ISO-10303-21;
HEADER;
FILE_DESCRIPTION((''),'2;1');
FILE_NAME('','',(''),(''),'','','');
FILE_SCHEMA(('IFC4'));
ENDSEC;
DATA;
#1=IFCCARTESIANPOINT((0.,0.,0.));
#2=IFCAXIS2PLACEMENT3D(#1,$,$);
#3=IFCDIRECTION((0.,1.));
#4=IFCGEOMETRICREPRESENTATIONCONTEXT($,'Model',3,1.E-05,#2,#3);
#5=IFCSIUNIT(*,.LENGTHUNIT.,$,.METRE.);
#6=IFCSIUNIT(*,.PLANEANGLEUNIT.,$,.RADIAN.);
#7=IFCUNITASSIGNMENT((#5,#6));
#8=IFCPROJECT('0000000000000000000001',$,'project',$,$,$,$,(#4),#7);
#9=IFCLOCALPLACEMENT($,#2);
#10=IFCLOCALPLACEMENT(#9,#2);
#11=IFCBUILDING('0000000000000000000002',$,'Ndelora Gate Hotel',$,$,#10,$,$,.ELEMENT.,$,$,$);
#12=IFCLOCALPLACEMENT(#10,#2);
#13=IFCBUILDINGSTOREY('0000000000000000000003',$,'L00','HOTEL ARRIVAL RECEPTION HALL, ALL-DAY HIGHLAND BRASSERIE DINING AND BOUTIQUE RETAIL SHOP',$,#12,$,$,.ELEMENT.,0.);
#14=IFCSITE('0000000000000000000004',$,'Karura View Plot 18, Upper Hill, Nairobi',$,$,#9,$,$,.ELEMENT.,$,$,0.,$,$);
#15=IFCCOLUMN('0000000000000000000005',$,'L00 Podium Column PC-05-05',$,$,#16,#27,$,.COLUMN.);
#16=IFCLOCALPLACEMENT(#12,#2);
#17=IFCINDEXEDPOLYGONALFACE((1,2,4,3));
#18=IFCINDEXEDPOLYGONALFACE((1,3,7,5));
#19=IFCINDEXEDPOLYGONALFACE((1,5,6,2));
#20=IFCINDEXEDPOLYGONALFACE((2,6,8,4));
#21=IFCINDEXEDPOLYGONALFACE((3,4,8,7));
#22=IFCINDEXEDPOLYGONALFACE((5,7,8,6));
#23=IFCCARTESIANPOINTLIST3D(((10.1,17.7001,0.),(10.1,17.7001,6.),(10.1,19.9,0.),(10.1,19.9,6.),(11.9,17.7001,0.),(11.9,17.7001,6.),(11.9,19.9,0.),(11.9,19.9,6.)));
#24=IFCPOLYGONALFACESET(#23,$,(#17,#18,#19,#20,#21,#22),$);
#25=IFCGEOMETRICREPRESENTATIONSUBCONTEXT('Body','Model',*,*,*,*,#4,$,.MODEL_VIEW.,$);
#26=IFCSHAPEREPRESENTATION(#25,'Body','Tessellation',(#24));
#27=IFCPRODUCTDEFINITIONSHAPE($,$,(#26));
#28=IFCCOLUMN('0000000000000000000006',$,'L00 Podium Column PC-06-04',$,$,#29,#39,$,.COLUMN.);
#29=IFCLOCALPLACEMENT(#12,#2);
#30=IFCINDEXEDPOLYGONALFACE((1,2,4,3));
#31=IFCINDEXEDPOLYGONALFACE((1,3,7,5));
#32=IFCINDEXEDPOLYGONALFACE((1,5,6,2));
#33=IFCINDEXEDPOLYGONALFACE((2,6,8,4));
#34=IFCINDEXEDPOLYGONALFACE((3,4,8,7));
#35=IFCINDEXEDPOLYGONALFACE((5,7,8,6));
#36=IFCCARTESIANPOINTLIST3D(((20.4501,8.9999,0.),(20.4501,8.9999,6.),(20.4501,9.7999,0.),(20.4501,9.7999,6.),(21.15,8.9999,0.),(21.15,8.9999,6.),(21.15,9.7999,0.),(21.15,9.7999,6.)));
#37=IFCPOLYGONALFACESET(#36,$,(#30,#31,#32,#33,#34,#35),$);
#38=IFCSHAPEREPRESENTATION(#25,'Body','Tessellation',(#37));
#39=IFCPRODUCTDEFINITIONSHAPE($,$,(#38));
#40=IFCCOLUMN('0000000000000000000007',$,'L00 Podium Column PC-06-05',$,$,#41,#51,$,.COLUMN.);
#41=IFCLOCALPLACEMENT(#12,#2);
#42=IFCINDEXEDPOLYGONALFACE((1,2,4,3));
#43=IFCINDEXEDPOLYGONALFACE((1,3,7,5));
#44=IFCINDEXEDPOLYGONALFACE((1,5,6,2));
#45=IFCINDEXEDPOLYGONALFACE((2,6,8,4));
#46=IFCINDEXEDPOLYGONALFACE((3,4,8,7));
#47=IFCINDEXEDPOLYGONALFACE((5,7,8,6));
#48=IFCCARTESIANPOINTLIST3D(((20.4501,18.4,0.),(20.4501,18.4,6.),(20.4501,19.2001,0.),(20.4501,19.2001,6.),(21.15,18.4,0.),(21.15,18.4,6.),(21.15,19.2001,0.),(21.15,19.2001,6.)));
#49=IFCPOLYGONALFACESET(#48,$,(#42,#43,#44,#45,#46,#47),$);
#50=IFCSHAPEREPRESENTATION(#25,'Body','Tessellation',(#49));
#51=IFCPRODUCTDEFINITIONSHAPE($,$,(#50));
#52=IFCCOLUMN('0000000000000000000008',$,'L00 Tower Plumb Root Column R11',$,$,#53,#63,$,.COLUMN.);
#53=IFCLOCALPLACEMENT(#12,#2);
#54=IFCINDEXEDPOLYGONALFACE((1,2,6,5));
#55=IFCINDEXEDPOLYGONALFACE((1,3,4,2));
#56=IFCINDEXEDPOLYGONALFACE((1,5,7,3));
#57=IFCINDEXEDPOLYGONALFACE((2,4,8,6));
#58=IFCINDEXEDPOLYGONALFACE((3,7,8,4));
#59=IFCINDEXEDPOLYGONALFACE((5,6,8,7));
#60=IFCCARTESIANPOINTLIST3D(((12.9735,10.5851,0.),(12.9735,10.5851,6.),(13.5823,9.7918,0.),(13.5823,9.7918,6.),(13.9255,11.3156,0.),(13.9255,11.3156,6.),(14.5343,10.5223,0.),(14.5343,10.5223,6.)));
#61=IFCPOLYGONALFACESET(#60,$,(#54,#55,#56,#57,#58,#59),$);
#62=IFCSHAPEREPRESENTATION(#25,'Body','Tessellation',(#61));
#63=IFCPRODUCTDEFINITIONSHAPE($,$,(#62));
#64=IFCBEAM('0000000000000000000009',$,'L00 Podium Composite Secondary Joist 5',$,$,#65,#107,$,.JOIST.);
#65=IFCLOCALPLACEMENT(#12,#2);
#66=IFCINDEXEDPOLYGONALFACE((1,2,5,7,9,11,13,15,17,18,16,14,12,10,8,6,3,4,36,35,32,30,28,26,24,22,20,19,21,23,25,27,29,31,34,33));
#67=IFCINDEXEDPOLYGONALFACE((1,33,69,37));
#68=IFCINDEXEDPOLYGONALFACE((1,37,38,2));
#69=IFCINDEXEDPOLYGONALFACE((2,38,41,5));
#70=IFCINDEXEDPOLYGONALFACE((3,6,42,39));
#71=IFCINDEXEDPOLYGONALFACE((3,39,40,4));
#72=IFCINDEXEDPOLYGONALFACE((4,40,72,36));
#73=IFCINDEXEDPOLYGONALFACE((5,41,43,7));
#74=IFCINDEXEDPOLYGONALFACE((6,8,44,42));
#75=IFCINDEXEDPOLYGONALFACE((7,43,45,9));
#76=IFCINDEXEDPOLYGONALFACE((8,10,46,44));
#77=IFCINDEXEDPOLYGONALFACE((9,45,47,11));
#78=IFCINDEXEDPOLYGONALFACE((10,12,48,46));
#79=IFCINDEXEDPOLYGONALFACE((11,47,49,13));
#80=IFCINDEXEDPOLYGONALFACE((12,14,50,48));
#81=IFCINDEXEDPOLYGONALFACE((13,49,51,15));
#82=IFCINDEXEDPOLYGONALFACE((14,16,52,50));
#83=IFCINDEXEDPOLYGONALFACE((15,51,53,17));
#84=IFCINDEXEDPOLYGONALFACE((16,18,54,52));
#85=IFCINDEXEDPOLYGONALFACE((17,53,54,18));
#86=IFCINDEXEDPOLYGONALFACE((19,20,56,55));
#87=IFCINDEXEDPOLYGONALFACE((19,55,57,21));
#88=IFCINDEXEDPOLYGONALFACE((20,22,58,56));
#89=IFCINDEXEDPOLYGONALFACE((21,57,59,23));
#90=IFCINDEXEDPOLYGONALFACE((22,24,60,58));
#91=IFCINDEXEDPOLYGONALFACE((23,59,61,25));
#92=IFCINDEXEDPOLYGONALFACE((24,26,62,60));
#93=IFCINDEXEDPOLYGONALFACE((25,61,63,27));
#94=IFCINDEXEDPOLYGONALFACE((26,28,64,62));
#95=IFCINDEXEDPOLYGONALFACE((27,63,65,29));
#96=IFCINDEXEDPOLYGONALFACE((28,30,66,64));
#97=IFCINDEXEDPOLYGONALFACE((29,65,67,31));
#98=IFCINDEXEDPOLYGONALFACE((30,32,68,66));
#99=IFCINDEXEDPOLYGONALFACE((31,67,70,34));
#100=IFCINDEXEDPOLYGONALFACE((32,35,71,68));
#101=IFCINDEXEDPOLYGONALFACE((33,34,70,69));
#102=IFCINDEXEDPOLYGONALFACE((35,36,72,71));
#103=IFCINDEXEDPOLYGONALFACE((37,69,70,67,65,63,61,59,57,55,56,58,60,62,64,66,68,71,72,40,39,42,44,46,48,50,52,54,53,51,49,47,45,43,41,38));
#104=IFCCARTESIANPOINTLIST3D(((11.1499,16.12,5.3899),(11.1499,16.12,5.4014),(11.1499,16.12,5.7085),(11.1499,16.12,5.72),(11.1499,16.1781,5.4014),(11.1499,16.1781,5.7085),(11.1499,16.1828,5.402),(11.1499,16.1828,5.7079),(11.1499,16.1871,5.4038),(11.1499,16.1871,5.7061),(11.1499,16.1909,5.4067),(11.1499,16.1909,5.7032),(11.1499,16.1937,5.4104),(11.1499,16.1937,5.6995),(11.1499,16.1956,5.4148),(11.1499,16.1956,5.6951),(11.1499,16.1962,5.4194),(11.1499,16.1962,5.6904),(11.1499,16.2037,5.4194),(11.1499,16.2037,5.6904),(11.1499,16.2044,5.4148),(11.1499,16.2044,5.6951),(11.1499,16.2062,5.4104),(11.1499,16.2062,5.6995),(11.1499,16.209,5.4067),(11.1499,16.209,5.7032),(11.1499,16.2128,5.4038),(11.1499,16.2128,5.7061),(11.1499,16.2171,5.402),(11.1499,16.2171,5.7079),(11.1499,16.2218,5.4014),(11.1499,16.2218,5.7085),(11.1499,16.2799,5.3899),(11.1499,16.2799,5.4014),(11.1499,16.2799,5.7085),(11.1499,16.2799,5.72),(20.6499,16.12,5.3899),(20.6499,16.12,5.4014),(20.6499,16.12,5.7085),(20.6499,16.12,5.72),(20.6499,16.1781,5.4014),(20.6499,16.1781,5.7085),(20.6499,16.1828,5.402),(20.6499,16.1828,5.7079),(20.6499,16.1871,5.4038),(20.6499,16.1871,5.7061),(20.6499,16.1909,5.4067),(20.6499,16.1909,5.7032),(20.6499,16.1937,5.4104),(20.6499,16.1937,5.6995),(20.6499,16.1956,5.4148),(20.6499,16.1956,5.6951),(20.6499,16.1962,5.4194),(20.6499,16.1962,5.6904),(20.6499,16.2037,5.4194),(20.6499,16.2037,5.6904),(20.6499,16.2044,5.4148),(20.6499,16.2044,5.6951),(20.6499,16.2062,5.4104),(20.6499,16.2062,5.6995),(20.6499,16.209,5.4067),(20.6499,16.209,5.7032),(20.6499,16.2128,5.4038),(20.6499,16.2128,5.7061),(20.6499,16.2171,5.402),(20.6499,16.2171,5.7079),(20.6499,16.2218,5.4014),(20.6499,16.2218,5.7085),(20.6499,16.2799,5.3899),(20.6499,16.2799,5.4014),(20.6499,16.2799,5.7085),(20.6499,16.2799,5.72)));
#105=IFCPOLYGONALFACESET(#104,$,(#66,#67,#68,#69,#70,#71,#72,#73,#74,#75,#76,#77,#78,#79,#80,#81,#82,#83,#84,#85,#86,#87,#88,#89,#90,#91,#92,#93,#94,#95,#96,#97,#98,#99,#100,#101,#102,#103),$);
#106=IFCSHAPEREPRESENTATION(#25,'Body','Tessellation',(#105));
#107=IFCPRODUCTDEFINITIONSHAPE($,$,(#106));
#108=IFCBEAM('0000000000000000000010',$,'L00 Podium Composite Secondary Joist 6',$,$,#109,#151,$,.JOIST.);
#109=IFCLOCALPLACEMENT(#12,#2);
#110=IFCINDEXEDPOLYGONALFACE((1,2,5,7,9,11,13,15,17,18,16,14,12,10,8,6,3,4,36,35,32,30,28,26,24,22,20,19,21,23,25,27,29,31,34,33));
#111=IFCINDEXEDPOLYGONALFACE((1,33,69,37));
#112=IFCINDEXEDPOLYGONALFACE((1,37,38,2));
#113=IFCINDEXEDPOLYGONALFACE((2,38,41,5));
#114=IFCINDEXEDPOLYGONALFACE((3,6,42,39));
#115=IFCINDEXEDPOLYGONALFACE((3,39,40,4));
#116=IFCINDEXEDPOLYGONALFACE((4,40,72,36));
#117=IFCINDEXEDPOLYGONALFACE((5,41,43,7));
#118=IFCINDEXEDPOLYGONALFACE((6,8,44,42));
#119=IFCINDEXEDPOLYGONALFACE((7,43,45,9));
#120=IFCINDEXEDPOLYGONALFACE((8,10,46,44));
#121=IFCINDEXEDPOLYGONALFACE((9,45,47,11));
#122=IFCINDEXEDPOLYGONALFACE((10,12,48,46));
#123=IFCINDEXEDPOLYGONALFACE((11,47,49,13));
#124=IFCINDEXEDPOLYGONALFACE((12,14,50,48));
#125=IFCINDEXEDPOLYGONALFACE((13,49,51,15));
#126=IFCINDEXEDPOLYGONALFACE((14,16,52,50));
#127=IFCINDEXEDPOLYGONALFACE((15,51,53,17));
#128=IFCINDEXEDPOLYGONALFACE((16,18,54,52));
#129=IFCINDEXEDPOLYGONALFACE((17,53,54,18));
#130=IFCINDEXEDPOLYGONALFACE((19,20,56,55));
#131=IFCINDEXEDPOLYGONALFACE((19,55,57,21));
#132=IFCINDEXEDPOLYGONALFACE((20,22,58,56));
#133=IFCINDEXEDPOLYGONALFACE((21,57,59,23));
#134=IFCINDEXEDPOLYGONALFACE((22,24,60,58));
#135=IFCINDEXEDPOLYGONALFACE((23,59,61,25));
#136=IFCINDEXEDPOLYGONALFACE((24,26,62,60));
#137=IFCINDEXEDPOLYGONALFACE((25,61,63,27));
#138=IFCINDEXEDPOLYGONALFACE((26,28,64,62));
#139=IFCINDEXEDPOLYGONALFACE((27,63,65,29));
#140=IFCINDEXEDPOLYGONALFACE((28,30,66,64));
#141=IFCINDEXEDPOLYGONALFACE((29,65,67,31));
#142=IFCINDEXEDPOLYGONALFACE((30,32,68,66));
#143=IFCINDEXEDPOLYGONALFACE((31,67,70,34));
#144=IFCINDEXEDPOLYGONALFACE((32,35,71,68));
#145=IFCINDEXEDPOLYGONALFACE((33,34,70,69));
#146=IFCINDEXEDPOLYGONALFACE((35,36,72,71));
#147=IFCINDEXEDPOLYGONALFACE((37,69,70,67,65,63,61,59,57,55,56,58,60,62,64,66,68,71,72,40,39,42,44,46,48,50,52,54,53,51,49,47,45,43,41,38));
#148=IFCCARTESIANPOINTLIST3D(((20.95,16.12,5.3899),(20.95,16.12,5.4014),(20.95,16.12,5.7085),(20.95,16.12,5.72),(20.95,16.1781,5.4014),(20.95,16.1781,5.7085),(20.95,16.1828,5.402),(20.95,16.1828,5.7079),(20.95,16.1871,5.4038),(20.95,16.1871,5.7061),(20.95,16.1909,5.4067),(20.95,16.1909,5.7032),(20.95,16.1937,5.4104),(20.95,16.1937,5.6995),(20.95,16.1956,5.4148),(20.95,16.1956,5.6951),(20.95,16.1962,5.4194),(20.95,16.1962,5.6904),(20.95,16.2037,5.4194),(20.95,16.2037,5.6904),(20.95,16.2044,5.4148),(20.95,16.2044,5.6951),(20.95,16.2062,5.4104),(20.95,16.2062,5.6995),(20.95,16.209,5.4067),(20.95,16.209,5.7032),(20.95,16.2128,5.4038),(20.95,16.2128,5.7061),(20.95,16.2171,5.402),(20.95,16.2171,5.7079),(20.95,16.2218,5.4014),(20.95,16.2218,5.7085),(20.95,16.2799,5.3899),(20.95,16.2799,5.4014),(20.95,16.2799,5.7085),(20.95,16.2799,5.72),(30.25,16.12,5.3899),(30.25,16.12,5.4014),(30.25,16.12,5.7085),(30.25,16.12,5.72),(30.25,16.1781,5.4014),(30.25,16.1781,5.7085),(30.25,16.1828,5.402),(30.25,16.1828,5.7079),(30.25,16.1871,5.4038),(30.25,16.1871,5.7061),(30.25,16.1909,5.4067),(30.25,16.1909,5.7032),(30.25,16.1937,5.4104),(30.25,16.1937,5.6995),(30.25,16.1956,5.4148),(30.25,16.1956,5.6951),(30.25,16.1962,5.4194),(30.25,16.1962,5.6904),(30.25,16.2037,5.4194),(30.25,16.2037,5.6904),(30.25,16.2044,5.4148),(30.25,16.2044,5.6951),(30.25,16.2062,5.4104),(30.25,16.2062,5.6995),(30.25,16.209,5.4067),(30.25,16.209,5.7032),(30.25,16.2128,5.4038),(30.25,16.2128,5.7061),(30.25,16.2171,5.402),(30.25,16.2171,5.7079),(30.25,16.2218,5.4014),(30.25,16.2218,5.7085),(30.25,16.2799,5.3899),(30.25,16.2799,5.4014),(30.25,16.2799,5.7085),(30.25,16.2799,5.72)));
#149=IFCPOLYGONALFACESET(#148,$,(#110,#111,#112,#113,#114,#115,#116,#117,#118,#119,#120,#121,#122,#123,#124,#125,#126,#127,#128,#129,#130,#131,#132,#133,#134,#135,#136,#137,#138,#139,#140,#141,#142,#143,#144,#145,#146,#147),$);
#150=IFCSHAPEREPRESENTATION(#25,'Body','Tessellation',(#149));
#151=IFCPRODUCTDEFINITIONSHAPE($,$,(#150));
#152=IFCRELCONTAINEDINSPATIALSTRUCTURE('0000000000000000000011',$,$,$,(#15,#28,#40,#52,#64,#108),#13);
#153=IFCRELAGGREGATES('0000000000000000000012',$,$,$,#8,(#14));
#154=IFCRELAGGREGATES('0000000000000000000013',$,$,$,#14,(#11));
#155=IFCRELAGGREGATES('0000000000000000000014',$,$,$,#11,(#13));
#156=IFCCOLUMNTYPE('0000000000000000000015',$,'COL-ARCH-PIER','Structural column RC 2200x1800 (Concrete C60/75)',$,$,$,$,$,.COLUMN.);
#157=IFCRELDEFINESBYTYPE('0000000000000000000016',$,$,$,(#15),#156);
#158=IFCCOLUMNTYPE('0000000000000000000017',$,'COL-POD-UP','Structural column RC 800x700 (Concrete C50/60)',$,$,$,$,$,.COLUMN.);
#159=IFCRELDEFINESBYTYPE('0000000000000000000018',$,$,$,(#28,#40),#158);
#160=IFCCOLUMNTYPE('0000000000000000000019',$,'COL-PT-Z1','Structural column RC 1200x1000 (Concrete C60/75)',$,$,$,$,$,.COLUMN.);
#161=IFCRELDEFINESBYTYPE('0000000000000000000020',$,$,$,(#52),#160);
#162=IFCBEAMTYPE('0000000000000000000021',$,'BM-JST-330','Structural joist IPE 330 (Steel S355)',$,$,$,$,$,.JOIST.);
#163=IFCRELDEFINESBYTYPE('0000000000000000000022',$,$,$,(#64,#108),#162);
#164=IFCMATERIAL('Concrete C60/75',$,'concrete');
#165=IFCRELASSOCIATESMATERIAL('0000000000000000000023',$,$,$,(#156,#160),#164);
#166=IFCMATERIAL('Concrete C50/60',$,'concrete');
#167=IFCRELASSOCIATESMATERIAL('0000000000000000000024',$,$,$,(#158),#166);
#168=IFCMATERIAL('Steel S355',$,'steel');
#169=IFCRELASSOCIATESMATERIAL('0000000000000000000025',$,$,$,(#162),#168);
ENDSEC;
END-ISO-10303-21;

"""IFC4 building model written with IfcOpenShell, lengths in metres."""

from ifc_helpers import new_model, si_unit, direction, frame, origin, origin_2d, place, context, subcontext, project, spatial, rectangle, i_section, extrude, material, material_profile, profile_set, type_object, element, save


model = new_model("IFC4")

# Units and contexts
model_context = context("Model", 3, precision=1e-05, world=origin(), true_north=direction((0.0, 1.0)))
body_context = subcontext(model_context, "Body", "Model", "MODEL_VIEW")
ifc_project = project(units=[si_unit("LENGTHUNIT", "METRE"), si_unit("PLANEANGLEUNIT", "RADIAN")], contexts=[model_context])

# Site, building, storey
site_placement = place(None, origin())
site = spatial("IfcSite", under=ifc_project, at=site_placement, Name="Karura View Plot 18, Upper Hill, Nairobi", CompositionType="ELEMENT", RefElevation=0.0)
building_placement = place(site_placement, origin())
building = spatial("IfcBuilding", under=site, at=building_placement, Name="Ndelora Gate Hotel", CompositionType="ELEMENT")
storey_placement = place(building_placement, origin())
storey = spatial("IfcBuildingStorey", under=building, at=storey_placement, Name="L00", Description="HOTEL ARRIVAL RECEPTION HALL, ALL-DAY HIGHLAND BRASSERIE DINING AND BOUTIQUE RETAIL SHOP", CompositionType="ELEMENT", Elevation=0.0)

# Columns
ifc_material_1 = material(Name="Concrete C60/75", Category="concrete")
ifc_material_profile_1 = material_profile(ifc_material_1, rectangle(XDim=1.8, YDim=2.2, at=origin_2d()), Name="RC 2200x1800")
ifc_profile_set_1 = profile_set([ifc_material_profile_1], Name="Concrete C60/75")
column_type_1 = type_object("IfcColumnType", Name="COL-ARCH-PIER", Description="Structural column RC 2200x1800 (Concrete C60/75)", PredefinedType="COLUMN", material=ifc_profile_set_1)
column_1_placement = place(storey_placement, frame((11.0, 18.8, 0.0), z_axis=(0.0, 0.0, 1.0), x_axis=(1.0, 0.0, 0.0)))
element("IfcColumn", 1, at=column_1_placement, inside=storey, type_object=column_type_1, Name="L00 Podium Column PC-05-05", PredefinedType="COLUMN", context=body_context, shape_type="SweptSolid", body=[
    extrude(rectangle(XDim=1.8, YDim=2.2, at=origin_2d()), origin(), (0.0, 0.0, 1.0), 6.0),
])
ifc_material_2 = material(Name="Concrete C50/60", Category="concrete")
ifc_material_profile_2 = material_profile(ifc_material_2, rectangle(XDim=0.7, YDim=0.8, at=origin_2d()), Name="RC 800x700")
ifc_profile_set_2 = profile_set([ifc_material_profile_2], Name="Concrete C50/60")
column_type_2 = type_object("IfcColumnType", Name="COL-POD-UP", Description="Structural column RC 800x700 (Concrete C50/60)", PredefinedType="COLUMN", material=ifc_profile_set_2)
for number, where, z_axis, x_axis, name in (
    (2, (20.8, 9.3999, 0.0), (0.0, 0.0, 1.0), (1.0, 0.0, 0.0), "L00 Podium Column PC-06-04"),
    (3, (20.8, 18.8, 0.0), (0.0, 0.0, 1.0), (1.0, 0.0, 0.0), "L00 Podium Column PC-06-05"),
):
    element("IfcColumn", number, at=place(storey_placement, frame(where, z_axis=z_axis, x_axis=x_axis)), inside=storey, type_object=column_type_2, Name=name, PredefinedType="COLUMN", context=body_context, shape_type="SweptSolid", body=[
        extrude(rectangle(XDim=0.7, YDim=0.8, at=origin_2d()), origin(), (0.0, 0.0, 1.0), 6.0),
    ])
ifc_material_profile_3 = material_profile(ifc_material_1, rectangle(XDim=1.0, YDim=1.2, at=origin_2d()), Name="RC 1200x1000")
ifc_profile_set_3 = profile_set([ifc_material_profile_3], Name="Concrete C60/75")
column_type_3 = type_object("IfcColumnType", Name="COL-PT-Z1", Description="Structural column RC 1200x1000 (Concrete C60/75)", PredefinedType="COLUMN", material=ifc_profile_set_3)
column_2_placement = place(storey_placement, frame((13.7539, 10.5537, 0.0), z_axis=(0.0, 0.0, 1.0), x_axis=(-0.608761, 0.793353, 0.0)))
element("IfcColumn", 4, at=column_2_placement, inside=storey, type_object=column_type_3, Name="L00 Tower Plumb Root Column R11", PredefinedType="COLUMN", context=body_context, shape_type="SweptSolid", body=[
    extrude(rectangle(XDim=1.0, YDim=1.2, at=origin_2d()), origin(), (0.0, 0.0, 1.0), 6.0),
])

# Beams
ifc_material_3 = material(Name="Steel S355", Category="steel")
ifc_material_profile_4 = material_profile(ifc_material_3, i_section(OverallWidth=0.1599, OverallDepth=0.3301, WebThickness=0.0076, FlangeThickness=0.0115, FilletRadius=0.0181, at=origin_2d()), Name="IPE 330")
ifc_profile_set_4 = profile_set([ifc_material_profile_4], Name="Steel S355")
beam_type_1 = type_object("IfcBeamType", Name="BM-JST-330", Description="Structural joist IPE 330 (Steel S355)", PredefinedType="JOIST", material=ifc_profile_set_4)
beam_1_placement = place(storey_placement, frame((11.1499, 16.2, 5.5549), z_axis=(1.0, 0.0, 0.0), x_axis=(0.0, 1.0, 0.0)))
element("IfcBeam", 5, at=beam_1_placement, inside=storey, type_object=beam_type_1, Name="L00 Podium Composite Secondary Joist 5", PredefinedType="JOIST", context=body_context, shape_type="SweptSolid", body=[
    extrude(i_section(OverallWidth=0.1599, OverallDepth=0.3301, WebThickness=0.0076, FlangeThickness=0.0115, FilletRadius=0.0181, at=origin_2d()), origin(), (0.0, 0.0, 1.0), 9.5),
])
beam_2_placement = place(storey_placement, frame((20.95, 16.2, 5.5549), z_axis=(1.0, 0.0, 0.0), x_axis=(0.0, 1.0, 0.0)))
element("IfcBeam", 6, at=beam_2_placement, inside=storey, type_object=beam_type_1, Name="L00 Podium Composite Secondary Joist 6", PredefinedType="JOIST", context=body_context, shape_type="SweptSolid", body=[
    extrude(i_section(OverallWidth=0.1599, OverallDepth=0.3301, WebThickness=0.0076, FlangeThickness=0.0115, FilletRadius=0.0181, at=origin_2d()), origin(), (0.0, 0.0, 1.0), 9.3),
])

save(model, "model.ifc")
